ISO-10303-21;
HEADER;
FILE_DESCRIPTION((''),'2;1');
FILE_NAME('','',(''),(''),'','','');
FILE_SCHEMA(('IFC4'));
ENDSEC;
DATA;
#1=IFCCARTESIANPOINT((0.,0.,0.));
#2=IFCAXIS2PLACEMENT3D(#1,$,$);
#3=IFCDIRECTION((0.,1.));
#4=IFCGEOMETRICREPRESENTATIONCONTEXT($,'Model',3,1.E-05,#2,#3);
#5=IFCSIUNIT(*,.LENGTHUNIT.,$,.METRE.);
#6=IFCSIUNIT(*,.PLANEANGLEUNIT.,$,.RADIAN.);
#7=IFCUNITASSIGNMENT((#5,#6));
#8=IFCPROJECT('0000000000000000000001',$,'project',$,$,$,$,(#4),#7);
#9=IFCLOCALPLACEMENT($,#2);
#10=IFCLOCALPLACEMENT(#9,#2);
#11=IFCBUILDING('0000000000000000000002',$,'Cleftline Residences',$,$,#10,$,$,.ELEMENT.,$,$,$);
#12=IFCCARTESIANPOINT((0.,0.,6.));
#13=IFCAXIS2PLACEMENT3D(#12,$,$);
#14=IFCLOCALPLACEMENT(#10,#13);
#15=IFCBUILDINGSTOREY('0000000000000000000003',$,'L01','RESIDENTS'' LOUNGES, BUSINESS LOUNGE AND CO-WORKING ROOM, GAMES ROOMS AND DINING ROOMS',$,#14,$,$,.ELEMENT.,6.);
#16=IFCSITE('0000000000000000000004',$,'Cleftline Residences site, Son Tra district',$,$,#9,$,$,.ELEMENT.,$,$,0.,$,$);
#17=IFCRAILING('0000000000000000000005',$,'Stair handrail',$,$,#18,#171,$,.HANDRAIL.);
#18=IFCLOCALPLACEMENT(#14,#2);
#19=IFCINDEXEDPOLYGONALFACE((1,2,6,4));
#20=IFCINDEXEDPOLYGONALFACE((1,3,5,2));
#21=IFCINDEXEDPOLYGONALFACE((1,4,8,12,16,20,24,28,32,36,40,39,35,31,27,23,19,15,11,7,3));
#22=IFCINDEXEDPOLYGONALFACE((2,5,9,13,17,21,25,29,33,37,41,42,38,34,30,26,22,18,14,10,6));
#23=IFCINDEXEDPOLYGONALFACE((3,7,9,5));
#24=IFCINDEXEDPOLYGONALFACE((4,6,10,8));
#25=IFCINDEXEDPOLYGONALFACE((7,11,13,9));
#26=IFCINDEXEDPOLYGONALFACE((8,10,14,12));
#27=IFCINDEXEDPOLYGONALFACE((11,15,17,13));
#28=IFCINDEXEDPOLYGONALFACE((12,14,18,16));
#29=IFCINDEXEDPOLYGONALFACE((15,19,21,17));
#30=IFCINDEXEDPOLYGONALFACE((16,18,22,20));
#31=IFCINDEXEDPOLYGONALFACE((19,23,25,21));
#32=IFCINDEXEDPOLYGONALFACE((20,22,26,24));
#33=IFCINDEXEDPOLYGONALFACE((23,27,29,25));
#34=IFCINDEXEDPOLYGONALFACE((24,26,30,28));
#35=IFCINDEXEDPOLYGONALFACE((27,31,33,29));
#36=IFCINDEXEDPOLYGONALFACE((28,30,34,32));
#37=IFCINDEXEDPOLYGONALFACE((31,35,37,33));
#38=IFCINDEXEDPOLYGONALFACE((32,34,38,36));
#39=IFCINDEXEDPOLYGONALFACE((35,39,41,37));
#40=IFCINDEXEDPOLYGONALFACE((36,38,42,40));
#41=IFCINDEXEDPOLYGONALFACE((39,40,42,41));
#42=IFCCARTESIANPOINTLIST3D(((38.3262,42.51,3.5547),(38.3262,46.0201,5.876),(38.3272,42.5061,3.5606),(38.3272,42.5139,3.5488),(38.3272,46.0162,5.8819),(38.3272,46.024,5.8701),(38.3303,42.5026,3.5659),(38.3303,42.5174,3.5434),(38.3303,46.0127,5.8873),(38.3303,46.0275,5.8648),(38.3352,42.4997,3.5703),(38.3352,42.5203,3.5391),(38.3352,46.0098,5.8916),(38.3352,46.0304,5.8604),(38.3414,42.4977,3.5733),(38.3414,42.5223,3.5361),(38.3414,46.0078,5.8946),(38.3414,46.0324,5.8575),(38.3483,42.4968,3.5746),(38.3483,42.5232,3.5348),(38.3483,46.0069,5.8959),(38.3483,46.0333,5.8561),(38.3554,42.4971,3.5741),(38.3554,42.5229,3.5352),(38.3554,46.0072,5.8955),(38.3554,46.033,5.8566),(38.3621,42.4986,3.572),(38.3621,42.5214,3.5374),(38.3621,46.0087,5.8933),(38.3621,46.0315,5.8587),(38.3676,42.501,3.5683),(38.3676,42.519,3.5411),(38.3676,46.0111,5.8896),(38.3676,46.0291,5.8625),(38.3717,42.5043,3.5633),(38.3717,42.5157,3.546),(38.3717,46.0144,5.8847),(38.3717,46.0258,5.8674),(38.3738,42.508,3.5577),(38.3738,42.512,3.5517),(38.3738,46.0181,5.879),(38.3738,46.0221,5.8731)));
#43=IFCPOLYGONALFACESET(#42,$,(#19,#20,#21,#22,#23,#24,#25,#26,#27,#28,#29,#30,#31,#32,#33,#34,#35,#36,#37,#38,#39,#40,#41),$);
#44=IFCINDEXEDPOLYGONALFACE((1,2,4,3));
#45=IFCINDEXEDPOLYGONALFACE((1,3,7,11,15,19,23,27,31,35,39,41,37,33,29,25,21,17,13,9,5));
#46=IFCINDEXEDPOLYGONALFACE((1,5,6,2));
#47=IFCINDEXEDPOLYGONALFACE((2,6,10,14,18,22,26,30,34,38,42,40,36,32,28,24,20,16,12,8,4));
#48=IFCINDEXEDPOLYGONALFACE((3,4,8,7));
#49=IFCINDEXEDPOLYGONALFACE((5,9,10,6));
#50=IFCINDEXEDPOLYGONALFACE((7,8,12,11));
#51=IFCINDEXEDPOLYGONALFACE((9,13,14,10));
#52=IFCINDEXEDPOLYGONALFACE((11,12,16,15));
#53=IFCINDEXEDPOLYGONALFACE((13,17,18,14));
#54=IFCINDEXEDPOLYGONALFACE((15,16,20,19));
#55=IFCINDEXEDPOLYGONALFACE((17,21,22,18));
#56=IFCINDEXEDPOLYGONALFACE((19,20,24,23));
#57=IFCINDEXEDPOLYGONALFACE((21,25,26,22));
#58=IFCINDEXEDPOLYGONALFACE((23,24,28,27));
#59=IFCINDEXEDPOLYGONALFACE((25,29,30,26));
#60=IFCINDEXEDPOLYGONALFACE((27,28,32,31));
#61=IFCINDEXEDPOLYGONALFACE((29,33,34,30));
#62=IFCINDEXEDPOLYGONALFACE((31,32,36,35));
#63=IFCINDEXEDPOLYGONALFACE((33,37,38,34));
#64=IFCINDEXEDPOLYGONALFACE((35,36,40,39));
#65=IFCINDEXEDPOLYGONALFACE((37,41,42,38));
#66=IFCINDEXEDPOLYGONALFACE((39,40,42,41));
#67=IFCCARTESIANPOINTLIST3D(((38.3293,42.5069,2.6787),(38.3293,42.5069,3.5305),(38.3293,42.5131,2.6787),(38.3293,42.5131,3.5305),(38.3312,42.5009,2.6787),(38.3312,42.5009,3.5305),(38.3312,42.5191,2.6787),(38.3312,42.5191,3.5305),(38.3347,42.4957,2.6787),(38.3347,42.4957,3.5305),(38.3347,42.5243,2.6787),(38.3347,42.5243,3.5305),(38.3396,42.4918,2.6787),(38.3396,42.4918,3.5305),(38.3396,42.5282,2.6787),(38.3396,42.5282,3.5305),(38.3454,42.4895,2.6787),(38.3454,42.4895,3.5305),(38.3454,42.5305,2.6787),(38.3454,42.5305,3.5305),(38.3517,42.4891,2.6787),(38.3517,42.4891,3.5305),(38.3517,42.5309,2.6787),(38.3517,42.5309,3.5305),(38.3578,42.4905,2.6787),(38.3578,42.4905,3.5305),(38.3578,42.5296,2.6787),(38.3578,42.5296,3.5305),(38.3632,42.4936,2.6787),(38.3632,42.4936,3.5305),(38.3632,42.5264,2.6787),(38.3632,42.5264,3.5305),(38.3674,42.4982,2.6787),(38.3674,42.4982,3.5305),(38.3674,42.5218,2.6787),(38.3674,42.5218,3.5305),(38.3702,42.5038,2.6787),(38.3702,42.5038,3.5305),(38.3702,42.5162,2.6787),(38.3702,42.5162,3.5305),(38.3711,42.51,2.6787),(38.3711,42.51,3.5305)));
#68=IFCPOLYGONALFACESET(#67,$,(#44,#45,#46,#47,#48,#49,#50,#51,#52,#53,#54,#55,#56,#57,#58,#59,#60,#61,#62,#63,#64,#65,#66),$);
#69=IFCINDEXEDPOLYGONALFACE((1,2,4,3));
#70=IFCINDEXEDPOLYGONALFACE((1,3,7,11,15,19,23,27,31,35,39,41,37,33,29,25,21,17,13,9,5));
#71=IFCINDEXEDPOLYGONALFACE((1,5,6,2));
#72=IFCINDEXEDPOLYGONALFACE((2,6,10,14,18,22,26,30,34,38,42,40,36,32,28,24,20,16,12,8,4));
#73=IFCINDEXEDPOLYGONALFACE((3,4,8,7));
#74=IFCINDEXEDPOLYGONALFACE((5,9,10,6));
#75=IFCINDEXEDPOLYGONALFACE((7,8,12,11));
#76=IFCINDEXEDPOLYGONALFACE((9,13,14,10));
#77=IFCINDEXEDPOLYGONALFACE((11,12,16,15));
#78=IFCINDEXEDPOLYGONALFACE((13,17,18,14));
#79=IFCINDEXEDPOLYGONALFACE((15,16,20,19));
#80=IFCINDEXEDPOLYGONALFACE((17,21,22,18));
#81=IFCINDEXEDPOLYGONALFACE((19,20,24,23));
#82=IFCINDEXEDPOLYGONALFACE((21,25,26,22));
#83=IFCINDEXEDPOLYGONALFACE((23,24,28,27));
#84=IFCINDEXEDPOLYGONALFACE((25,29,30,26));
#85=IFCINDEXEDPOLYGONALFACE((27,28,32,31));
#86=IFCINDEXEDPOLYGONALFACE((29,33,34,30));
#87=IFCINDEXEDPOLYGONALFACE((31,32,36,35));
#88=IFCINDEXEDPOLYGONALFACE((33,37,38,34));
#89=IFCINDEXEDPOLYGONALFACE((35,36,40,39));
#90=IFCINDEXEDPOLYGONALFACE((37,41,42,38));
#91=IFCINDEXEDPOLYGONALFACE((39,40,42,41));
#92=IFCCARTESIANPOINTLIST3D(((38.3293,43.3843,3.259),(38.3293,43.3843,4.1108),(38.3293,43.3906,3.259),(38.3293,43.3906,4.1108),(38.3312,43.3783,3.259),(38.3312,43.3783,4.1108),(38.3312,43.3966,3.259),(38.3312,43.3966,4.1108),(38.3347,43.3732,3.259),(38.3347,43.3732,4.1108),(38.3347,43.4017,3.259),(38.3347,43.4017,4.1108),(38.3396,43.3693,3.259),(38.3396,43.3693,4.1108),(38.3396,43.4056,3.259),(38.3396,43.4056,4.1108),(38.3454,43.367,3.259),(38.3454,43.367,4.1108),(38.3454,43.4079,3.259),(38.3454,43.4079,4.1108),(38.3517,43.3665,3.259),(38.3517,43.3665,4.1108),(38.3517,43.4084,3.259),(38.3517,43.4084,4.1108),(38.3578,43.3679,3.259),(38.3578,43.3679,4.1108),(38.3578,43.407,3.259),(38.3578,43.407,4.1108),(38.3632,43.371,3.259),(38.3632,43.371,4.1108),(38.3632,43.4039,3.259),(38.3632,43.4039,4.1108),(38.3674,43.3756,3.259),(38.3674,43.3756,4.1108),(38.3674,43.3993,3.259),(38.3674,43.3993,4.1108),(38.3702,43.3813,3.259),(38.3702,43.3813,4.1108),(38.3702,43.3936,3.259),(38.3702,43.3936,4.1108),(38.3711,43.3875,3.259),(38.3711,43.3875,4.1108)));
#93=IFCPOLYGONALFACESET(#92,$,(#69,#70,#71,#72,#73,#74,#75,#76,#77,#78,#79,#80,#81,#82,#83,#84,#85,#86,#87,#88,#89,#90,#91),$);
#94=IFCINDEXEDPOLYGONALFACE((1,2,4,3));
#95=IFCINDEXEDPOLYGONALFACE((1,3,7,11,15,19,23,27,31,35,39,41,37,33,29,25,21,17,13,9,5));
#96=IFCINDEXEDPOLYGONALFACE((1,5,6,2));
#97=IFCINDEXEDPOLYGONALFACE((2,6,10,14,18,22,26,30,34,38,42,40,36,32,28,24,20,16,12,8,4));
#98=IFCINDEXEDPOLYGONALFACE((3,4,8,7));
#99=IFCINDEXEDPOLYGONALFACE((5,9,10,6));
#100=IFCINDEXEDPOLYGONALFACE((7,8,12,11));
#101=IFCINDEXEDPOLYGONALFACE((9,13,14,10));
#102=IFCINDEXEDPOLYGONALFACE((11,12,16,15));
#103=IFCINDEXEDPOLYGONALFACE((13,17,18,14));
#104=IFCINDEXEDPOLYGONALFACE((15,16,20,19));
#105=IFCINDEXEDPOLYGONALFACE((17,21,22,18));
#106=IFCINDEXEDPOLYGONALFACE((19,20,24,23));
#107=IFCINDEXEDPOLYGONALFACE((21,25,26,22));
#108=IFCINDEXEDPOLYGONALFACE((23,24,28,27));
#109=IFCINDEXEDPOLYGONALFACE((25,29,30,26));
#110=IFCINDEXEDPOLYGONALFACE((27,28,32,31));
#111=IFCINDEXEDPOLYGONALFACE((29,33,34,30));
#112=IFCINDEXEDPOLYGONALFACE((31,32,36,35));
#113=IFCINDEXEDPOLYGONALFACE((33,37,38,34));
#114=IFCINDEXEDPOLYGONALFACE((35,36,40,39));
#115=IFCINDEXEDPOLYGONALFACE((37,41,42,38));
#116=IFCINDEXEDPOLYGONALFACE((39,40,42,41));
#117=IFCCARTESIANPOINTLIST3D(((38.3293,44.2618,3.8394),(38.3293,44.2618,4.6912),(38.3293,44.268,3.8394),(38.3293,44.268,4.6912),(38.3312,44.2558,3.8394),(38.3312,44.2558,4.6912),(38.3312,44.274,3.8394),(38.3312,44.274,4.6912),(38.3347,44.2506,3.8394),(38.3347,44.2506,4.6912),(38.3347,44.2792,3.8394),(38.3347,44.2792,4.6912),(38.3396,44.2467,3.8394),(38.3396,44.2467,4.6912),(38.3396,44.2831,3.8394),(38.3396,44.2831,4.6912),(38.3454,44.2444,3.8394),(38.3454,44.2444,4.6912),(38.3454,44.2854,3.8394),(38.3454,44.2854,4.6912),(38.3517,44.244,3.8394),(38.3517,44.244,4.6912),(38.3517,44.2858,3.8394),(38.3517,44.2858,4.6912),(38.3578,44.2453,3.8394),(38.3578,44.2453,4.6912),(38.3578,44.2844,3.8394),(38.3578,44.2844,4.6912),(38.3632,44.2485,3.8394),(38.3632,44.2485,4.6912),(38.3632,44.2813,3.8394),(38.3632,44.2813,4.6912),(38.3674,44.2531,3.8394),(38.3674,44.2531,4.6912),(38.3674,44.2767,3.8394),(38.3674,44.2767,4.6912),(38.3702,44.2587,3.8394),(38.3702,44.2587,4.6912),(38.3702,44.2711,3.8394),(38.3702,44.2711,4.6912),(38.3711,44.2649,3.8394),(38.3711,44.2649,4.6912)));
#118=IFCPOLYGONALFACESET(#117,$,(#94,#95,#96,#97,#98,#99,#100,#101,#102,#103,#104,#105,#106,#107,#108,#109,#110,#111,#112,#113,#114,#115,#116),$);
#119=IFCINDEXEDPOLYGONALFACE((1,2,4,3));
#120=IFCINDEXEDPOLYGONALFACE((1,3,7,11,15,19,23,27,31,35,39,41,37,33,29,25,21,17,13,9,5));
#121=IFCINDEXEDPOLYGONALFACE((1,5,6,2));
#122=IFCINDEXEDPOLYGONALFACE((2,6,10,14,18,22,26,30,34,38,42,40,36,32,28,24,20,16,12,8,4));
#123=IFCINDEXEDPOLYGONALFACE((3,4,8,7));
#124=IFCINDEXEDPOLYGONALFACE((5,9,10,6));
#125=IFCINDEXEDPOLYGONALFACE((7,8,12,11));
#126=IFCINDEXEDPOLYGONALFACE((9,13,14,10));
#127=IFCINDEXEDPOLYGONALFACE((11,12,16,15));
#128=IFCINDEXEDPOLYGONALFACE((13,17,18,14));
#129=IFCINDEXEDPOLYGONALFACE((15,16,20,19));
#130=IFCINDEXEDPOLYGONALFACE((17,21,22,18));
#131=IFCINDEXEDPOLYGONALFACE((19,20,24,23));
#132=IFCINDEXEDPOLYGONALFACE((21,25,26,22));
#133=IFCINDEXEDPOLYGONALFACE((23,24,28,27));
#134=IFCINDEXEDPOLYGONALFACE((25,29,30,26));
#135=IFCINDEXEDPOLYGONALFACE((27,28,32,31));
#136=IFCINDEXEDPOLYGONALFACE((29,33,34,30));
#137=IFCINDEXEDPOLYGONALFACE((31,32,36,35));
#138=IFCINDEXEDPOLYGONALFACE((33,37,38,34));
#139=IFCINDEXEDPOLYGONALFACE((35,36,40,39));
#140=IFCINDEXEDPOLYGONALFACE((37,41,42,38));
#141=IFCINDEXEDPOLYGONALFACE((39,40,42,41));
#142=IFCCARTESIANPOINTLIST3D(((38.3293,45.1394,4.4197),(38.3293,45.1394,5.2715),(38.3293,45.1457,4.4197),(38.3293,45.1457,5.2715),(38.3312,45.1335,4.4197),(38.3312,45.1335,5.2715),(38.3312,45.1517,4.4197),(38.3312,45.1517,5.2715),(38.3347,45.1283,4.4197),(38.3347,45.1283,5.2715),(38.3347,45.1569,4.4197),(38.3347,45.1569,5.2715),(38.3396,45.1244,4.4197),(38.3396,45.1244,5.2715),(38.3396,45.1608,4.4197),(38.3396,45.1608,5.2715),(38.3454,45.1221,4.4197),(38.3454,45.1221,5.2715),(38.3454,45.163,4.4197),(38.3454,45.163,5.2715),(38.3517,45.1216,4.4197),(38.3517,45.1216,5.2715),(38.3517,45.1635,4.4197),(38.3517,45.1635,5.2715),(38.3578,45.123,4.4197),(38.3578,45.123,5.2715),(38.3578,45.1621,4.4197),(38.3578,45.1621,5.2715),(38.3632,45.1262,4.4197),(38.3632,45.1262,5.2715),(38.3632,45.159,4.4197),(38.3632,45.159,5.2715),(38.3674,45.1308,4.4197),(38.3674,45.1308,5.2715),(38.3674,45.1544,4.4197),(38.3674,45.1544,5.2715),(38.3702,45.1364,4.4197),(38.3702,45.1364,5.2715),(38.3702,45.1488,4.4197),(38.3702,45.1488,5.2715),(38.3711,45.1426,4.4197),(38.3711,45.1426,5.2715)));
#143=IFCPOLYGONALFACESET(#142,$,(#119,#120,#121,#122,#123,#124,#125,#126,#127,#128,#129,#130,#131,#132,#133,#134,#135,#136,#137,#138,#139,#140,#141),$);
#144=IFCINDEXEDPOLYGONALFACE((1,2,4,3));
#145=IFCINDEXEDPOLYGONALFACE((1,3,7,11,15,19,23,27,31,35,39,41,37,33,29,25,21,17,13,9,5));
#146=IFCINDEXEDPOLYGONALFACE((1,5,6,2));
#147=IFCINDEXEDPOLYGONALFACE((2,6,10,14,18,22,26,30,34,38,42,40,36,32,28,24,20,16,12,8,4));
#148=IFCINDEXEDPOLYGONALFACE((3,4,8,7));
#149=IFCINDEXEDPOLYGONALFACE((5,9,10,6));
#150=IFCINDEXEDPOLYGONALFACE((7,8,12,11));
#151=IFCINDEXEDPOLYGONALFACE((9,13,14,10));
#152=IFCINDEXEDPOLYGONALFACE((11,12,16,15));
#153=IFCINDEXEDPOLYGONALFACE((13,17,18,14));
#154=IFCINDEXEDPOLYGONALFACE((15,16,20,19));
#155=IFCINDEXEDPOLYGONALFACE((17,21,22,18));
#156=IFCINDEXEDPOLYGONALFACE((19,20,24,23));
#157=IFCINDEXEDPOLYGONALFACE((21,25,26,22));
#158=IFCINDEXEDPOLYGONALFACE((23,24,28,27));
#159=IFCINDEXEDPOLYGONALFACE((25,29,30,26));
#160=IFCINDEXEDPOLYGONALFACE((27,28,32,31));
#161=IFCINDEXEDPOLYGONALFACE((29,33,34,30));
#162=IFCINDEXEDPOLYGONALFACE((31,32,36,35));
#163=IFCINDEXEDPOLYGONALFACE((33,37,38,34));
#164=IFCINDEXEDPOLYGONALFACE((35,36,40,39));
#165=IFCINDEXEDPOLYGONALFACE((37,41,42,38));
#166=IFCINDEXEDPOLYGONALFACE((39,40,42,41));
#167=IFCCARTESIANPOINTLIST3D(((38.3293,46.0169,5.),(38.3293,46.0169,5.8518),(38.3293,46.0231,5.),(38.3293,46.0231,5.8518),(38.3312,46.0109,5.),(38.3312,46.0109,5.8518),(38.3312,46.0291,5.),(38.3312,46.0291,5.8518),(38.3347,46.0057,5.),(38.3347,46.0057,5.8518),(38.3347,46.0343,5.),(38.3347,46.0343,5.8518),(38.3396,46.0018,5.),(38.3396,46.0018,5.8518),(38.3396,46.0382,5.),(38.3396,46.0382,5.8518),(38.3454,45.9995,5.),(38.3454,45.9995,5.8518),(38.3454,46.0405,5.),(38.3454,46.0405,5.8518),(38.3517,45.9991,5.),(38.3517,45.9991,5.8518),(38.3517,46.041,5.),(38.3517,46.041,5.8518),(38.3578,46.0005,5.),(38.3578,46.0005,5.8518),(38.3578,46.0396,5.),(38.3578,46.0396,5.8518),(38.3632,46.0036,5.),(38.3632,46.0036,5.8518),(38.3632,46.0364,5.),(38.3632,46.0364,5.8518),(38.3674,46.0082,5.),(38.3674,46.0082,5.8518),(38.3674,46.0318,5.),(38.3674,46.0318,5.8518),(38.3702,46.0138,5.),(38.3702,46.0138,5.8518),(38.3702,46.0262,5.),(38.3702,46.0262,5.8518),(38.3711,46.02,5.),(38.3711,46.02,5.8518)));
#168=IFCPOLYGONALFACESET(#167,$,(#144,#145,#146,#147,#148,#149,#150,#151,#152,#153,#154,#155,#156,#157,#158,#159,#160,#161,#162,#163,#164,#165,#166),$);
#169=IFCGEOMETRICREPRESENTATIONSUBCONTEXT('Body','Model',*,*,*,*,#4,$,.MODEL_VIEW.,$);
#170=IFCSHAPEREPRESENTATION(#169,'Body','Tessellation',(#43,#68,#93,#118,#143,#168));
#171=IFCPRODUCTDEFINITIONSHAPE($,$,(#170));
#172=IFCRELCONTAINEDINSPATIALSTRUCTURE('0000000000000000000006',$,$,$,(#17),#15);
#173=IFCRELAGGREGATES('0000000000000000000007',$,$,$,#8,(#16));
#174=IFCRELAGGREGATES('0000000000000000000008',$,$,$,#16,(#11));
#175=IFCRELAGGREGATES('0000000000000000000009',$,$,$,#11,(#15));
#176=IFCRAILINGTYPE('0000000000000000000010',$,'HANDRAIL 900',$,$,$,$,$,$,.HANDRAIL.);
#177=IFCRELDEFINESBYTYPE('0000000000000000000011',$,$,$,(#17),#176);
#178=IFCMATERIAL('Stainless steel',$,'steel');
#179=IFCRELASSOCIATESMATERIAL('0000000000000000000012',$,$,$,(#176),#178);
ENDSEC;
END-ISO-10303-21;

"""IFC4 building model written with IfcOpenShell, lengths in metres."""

from ifc_helpers import new_model, si_unit, direction, frame, origin, origin_2d, place, context, subcontext, project, spatial, circle, extrude, material, type_object, element, save


model = new_model("IFC4")

# Units and contexts
model_context = context("Model", 3, precision=1e-05, world=origin(), true_north=direction((0.0, 1.0)))
body_context = subcontext(model_context, "Body", "Model", "MODEL_VIEW")
ifc_project = project(units=[si_unit("LENGTHUNIT", "METRE"), si_unit("PLANEANGLEUNIT", "RADIAN")], contexts=[model_context])

# Site, building, storey
site_placement = place(None, origin())
site = spatial("IfcSite", under=ifc_project, at=site_placement, Name="Cleftline Residences site, Son Tra district", CompositionType="ELEMENT", RefElevation=0.0)
building_placement = place(site_placement, origin())
building = spatial("IfcBuilding", under=site, at=building_placement, Name="Cleftline Residences", CompositionType="ELEMENT")
storey_placement = place(building_placement, frame((0.0, 0.0, 6.0)))
storey = spatial("IfcBuildingStorey", under=building, at=storey_placement, Name="L01", Description="RESIDENTS' LOUNGES, BUSINESS LOUNGE AND CO-WORKING ROOM, GAMES ROOMS AND DINING ROOMS", CompositionType="ELEMENT", Elevation=6.0)

# Railing
ifc_material_1 = material(Name="Stainless steel", Category="steel")
railing_type = type_object("IfcRailingType", Name="HANDRAIL 900", PredefinedType="HANDRAIL", material=ifc_material_1)
railing_1_placement = place(storey_placement, frame((38.3501, 42.51, 2.6787)))
element("IfcRailing", 1, at=railing_1_placement, inside=storey, type_object=railing_type, Name="Stair handrail", PredefinedType="HANDRAIL", context=body_context, shape_type="SweptSolid", body=[
    extrude(circle(Radius=0.0239, at=origin_2d()), frame((0.0, 0.0, 0.876), z_axis=(0.0, 0.834097, 0.551617), x_axis=(-1.0, 0.0, 0.0)), (0.0, 0.0, 1.0), 4.2083),
    extrude(circle(Radius=0.021, at=origin_2d()), origin(), (0.0, 0.0, 1.0), 0.8518),
    extrude(circle(Radius=0.021, at=origin_2d()), frame((0.0, 0.8774, 0.5803)), (0.0, 0.0, 1.0), 0.8518),
    extrude(circle(Radius=0.021, at=origin_2d()), frame((0.0, 1.7549, 1.1606)), (0.0, 0.0, 1.0), 0.8518),
    extrude(circle(Radius=0.021, at=origin_2d()), frame((0.0, 2.6326, 1.741)), (0.0, 0.0, 1.0), 0.8518),
    extrude(circle(Radius=0.021, at=origin_2d()), frame((0.0, 3.51, 2.3213)), (0.0, 0.0, 1.0), 0.8518),
])

save(model, "model.ifc")
